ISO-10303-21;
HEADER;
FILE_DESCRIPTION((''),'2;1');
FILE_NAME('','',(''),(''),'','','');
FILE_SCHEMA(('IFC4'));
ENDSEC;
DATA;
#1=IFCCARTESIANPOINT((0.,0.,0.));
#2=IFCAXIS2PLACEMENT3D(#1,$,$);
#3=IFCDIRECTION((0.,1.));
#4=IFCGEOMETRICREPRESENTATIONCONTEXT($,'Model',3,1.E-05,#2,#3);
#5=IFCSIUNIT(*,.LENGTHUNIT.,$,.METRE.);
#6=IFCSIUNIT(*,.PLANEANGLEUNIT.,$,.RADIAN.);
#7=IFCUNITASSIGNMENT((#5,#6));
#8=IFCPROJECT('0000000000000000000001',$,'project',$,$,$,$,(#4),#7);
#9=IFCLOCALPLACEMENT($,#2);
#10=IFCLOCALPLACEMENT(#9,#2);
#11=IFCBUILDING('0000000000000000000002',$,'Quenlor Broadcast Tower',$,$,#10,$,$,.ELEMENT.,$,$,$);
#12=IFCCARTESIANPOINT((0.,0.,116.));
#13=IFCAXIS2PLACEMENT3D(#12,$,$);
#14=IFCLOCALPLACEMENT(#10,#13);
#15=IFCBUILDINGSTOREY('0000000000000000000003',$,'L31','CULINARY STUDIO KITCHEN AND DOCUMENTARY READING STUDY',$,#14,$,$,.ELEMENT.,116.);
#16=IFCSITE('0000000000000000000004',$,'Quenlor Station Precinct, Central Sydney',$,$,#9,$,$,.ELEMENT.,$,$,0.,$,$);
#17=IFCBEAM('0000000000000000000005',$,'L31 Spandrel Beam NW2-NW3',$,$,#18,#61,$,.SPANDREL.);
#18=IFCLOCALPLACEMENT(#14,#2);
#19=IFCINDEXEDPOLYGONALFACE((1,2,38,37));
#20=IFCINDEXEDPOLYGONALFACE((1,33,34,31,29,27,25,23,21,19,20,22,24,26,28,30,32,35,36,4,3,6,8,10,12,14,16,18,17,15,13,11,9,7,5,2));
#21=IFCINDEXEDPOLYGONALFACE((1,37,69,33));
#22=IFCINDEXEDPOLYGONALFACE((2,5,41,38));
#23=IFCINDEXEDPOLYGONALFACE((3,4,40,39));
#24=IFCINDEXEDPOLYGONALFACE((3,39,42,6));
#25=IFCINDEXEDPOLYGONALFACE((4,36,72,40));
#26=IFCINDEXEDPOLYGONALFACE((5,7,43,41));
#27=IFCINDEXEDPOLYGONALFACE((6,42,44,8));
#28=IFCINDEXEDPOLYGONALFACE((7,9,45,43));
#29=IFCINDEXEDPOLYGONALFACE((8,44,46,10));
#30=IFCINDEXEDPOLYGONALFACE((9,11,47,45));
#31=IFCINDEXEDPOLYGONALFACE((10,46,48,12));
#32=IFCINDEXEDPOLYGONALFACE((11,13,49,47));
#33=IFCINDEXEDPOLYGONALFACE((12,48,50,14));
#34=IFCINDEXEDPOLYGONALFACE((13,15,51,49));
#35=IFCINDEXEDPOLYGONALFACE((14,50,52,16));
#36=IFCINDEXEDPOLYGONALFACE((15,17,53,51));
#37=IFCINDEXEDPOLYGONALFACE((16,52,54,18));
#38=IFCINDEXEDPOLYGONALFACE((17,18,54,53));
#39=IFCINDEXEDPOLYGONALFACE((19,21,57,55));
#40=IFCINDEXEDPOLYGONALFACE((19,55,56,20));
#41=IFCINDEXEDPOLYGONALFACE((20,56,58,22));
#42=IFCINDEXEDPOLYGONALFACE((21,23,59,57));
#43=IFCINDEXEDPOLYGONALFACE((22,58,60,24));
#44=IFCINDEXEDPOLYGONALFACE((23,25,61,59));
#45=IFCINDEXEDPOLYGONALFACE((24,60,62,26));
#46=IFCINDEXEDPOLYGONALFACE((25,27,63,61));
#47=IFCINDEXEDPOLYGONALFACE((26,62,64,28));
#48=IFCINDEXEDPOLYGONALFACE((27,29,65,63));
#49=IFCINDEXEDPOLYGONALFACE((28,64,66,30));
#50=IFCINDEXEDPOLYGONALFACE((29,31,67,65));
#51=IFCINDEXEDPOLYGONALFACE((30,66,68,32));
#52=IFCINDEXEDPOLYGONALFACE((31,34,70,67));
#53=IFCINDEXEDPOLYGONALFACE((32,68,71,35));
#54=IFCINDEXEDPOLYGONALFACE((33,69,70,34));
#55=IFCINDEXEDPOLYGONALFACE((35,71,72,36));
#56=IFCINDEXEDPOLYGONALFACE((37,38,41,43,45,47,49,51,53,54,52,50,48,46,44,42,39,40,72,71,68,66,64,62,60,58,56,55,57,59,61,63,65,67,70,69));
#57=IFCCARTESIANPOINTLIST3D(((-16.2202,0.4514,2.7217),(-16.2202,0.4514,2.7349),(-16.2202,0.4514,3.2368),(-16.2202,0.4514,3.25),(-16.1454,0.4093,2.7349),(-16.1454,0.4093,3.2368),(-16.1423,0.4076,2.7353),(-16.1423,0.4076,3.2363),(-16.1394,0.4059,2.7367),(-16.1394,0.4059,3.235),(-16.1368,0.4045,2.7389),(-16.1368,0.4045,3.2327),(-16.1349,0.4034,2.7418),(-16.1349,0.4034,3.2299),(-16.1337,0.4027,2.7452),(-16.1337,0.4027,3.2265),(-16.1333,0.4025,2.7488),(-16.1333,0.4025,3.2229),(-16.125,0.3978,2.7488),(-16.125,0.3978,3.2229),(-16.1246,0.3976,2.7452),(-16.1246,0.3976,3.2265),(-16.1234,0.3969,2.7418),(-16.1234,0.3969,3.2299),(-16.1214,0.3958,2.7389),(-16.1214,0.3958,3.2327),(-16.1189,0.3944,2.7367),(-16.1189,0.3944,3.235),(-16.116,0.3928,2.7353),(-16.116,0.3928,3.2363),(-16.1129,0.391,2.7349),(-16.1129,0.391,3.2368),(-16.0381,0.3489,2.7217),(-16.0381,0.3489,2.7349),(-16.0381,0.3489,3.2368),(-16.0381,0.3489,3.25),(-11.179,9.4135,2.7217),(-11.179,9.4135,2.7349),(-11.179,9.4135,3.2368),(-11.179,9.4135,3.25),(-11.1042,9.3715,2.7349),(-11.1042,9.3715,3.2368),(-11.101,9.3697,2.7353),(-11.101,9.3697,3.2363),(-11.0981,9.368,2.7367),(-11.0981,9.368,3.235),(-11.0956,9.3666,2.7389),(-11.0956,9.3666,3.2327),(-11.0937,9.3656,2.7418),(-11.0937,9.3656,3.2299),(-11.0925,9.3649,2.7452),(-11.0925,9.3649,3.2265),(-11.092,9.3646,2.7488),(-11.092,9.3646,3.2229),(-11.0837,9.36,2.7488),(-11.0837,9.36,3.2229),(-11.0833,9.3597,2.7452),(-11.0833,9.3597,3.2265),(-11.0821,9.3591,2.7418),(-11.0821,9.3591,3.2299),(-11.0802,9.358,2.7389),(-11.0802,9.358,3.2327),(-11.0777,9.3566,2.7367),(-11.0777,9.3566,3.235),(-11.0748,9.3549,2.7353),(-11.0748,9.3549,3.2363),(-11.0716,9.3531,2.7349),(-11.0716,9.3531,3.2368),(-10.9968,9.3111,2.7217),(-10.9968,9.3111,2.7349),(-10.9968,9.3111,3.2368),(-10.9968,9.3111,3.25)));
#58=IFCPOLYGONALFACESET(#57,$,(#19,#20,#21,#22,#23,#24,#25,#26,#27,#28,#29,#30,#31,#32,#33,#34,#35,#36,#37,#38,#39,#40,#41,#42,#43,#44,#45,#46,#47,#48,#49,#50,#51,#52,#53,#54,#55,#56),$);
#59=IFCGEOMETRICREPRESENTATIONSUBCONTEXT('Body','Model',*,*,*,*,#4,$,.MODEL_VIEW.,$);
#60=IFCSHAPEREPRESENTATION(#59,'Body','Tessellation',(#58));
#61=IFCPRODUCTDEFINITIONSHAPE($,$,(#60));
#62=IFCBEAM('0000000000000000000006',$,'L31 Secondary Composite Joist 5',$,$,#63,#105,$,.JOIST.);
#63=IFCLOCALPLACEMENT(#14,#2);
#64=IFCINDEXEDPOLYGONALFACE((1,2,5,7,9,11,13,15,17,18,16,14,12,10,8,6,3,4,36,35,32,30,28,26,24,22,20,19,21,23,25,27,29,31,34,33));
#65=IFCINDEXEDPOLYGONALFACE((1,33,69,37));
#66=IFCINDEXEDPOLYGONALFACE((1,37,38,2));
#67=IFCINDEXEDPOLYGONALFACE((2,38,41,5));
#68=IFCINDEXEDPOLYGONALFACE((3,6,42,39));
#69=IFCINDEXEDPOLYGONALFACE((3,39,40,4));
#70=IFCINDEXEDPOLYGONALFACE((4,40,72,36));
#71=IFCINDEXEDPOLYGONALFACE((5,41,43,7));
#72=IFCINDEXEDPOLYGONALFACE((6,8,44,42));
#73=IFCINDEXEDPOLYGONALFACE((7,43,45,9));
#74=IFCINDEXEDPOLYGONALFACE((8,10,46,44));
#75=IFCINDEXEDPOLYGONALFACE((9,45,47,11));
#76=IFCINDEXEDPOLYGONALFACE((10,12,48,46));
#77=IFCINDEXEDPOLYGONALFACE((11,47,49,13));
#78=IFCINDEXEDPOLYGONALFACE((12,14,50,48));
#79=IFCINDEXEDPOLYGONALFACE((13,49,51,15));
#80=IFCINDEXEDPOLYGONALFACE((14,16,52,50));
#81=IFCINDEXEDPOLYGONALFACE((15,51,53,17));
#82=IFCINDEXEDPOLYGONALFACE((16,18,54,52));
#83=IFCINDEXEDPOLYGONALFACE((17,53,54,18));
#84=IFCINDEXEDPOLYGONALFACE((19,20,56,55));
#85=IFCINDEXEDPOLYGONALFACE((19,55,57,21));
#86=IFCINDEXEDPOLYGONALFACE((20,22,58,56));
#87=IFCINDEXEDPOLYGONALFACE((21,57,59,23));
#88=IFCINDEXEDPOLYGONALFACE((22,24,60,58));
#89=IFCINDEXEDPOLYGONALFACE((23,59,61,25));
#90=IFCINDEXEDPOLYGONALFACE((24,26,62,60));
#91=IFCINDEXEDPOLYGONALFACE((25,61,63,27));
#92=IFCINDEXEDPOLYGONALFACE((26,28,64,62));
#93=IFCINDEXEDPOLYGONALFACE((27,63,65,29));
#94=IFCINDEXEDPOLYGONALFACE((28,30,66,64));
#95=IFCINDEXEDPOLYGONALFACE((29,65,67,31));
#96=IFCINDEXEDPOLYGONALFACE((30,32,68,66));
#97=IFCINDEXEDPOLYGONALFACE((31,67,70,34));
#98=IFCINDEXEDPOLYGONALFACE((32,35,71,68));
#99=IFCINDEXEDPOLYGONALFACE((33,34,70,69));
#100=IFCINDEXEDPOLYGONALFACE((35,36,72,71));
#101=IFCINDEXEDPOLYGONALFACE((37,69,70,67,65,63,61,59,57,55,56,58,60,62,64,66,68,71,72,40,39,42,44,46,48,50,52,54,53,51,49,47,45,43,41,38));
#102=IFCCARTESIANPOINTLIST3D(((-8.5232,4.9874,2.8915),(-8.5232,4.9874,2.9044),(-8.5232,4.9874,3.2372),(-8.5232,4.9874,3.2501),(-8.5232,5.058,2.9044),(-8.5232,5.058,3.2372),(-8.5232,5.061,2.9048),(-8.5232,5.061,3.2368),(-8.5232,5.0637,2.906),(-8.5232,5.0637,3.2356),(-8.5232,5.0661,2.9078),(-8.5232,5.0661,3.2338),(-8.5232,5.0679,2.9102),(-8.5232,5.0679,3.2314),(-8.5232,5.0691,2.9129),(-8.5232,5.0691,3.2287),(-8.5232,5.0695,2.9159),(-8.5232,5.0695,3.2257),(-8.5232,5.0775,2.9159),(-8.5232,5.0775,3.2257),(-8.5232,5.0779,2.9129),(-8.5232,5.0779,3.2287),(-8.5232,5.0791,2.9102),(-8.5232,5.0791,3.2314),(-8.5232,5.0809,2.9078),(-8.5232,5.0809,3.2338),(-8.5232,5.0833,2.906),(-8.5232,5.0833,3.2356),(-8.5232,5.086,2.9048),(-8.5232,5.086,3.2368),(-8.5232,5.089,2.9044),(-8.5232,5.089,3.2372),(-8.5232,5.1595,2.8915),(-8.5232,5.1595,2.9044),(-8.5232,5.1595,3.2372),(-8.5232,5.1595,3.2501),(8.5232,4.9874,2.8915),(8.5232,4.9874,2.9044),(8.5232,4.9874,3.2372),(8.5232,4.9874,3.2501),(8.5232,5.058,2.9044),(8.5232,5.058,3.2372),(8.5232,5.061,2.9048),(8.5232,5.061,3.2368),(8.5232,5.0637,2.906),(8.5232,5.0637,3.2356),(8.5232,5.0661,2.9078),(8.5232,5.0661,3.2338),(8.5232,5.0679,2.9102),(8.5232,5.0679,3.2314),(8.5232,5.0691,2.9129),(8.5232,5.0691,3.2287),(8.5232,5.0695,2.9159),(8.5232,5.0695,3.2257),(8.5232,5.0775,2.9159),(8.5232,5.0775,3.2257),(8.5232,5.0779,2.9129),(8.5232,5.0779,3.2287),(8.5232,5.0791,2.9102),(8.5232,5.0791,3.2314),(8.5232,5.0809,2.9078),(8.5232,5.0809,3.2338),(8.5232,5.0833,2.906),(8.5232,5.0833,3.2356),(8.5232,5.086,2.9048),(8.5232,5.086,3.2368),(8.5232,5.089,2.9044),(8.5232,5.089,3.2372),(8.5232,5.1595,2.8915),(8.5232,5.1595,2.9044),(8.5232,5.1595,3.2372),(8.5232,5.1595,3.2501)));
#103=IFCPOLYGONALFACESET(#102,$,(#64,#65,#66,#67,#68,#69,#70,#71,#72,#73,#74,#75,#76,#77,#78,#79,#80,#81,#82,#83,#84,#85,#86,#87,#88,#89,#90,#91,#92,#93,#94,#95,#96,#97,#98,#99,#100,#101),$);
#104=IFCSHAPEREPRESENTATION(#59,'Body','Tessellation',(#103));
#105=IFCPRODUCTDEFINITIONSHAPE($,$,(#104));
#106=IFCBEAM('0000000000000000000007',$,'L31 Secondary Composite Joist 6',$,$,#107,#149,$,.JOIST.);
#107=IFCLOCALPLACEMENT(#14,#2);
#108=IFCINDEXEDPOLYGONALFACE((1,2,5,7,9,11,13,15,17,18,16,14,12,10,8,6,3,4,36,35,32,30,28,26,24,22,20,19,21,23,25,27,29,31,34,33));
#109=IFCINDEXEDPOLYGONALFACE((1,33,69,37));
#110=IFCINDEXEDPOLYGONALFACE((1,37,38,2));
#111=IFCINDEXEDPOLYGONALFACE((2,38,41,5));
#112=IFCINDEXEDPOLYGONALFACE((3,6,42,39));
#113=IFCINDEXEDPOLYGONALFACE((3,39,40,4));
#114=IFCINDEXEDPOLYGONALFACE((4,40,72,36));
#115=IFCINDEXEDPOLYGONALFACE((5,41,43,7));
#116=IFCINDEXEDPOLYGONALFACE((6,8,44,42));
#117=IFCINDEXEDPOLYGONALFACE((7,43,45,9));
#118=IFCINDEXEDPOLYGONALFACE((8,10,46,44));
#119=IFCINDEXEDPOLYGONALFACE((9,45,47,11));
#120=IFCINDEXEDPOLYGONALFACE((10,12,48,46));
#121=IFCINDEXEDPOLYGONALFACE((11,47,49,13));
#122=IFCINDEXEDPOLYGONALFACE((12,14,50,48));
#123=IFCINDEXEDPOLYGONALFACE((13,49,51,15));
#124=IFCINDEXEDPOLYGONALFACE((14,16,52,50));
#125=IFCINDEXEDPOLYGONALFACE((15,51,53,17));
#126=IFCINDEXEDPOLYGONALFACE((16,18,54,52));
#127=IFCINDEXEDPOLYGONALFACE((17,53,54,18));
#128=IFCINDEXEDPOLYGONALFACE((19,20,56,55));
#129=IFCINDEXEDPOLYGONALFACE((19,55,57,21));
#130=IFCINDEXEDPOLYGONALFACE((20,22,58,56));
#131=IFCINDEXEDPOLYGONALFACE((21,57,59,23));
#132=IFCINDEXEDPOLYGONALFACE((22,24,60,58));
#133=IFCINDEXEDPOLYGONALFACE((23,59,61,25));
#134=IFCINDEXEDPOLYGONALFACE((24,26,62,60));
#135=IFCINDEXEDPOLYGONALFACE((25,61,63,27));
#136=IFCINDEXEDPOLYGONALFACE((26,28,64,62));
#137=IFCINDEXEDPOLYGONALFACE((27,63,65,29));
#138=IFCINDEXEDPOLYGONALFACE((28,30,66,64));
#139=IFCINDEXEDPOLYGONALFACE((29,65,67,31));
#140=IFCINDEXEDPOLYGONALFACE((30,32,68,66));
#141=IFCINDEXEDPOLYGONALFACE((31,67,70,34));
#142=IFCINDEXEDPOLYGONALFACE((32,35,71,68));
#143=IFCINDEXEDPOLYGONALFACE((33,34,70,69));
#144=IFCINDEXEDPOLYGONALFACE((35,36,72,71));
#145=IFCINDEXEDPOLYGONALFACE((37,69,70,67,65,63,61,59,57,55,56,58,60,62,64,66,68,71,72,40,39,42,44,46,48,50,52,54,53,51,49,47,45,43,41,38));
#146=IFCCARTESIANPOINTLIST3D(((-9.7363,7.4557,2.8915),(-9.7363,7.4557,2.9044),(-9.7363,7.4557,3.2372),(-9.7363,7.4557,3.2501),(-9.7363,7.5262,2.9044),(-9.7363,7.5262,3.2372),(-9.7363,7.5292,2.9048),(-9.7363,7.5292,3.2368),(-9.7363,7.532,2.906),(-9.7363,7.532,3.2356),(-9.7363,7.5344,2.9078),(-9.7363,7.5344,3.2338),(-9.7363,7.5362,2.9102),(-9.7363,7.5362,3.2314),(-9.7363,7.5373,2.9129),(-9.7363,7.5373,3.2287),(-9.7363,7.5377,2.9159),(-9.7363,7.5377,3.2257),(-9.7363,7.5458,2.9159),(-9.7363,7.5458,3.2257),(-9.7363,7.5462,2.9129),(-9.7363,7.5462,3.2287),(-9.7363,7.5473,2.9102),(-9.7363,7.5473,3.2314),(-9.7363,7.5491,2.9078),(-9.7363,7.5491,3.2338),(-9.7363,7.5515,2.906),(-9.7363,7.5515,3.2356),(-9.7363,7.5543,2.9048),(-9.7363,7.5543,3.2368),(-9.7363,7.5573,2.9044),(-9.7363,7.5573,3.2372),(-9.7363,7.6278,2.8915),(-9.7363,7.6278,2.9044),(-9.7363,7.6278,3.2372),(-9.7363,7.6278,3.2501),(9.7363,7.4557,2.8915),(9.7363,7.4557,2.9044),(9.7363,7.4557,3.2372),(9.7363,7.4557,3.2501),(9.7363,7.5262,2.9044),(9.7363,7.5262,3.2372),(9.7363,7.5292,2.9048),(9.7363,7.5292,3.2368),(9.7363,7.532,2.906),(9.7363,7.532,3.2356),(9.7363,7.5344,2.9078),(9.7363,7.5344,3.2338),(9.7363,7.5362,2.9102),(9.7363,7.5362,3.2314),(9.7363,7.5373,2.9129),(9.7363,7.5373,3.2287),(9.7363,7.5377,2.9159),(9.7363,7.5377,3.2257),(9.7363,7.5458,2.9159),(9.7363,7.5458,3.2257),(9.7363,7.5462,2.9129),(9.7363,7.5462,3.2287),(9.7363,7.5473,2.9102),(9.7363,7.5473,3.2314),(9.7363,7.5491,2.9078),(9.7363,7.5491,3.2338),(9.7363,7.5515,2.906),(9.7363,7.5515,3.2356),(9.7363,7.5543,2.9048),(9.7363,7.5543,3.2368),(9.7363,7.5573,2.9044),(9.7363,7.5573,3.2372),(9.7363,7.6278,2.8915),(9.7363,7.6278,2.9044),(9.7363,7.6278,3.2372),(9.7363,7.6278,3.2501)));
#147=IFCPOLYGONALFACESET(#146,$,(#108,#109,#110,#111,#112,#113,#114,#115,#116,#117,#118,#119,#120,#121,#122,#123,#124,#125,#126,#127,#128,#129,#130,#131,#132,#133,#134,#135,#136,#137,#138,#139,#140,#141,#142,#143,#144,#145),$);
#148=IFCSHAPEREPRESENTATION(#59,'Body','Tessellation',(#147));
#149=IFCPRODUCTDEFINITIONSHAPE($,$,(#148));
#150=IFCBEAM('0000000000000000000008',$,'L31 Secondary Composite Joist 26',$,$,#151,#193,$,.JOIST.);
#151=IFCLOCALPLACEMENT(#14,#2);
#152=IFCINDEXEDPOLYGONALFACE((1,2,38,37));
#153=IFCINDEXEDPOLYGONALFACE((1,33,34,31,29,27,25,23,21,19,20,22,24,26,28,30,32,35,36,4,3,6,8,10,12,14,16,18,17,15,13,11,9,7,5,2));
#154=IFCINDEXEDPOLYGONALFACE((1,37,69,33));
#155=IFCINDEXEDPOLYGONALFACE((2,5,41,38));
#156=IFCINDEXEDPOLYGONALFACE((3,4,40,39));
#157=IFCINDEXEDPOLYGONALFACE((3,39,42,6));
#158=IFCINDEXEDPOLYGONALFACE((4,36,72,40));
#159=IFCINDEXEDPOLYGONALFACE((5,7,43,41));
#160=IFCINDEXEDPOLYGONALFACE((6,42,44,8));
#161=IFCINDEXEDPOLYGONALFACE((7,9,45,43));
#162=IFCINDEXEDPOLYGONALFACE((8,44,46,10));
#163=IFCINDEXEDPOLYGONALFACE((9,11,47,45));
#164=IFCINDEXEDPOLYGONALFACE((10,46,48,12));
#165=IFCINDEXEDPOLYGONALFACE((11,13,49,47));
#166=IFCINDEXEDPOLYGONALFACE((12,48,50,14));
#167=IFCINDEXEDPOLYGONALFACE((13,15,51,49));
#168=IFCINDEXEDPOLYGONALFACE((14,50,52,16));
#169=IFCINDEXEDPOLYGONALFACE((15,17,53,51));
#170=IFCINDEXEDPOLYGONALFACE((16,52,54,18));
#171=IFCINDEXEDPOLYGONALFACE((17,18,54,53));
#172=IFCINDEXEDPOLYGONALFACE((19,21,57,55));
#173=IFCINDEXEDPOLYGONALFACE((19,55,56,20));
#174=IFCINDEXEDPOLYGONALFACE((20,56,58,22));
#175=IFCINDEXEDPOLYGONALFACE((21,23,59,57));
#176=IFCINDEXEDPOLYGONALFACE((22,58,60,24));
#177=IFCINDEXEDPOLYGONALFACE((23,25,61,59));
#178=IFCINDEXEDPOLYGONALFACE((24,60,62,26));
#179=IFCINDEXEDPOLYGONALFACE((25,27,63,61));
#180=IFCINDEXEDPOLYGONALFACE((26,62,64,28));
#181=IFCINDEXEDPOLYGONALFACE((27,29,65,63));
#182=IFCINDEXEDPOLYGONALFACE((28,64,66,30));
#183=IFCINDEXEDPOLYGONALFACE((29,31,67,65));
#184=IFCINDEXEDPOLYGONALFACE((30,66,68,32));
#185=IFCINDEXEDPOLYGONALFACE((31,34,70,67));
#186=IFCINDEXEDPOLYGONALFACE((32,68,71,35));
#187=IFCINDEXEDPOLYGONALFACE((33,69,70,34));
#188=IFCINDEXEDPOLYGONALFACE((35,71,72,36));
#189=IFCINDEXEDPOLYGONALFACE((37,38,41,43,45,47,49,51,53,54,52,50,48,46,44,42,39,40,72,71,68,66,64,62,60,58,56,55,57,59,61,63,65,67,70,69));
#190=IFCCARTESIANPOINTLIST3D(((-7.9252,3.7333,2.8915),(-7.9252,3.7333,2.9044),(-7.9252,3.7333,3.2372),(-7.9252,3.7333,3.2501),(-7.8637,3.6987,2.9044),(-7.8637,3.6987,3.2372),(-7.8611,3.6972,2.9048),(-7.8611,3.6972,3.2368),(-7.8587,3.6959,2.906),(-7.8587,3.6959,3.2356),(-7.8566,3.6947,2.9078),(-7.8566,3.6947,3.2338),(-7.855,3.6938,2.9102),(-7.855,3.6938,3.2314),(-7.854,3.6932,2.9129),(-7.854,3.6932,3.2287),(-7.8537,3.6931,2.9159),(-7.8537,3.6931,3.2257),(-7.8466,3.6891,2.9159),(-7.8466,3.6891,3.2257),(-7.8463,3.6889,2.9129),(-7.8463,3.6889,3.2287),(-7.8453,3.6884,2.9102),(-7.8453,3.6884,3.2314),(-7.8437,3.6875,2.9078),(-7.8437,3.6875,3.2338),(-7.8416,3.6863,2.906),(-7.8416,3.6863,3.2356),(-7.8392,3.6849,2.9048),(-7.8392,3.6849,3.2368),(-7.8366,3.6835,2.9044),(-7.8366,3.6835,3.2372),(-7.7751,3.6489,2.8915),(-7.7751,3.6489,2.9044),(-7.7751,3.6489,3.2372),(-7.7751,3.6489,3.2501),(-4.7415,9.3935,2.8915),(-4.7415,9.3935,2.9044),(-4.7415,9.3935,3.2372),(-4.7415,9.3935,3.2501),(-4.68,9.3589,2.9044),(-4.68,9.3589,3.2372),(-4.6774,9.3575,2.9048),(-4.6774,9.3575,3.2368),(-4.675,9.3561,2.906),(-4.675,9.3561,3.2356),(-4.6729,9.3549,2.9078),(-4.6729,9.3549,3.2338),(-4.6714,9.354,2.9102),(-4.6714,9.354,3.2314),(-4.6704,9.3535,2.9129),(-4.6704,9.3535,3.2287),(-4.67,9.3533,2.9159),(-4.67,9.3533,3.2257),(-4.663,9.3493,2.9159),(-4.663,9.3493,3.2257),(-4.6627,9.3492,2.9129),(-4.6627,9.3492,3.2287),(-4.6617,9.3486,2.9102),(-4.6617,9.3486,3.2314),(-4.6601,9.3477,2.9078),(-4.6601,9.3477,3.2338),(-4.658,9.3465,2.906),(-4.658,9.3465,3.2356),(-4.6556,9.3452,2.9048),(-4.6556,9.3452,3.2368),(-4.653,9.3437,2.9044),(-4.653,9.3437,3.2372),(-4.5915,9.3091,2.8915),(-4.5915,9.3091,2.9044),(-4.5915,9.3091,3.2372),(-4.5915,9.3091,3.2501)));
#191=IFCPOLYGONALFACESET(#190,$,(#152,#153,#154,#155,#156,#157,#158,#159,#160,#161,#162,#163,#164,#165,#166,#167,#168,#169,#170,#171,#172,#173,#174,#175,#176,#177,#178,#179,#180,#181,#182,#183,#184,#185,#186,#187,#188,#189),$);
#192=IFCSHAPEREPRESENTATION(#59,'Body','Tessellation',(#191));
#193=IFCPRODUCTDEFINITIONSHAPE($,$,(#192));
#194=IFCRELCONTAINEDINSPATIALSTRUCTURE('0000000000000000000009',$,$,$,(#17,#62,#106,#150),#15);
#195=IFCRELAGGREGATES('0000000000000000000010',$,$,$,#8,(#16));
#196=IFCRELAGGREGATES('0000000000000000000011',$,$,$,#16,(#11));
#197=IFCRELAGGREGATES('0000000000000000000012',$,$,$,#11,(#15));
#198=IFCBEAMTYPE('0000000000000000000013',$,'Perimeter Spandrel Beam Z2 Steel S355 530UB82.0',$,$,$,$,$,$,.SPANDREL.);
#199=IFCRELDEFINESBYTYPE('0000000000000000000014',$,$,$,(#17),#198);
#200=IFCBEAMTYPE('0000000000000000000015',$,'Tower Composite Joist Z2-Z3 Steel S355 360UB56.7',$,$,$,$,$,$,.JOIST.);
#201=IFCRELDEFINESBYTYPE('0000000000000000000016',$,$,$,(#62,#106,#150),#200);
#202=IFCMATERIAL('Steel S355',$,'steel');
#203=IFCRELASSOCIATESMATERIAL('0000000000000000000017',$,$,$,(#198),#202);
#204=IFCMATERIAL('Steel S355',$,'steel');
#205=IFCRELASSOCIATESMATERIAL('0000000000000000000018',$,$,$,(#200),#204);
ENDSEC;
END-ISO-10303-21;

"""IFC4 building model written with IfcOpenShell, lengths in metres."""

from ifc_helpers import new_model, si_unit, direction, frame, origin, origin_2d, place, context, subcontext, project, spatial, i_section, extrude, material, material_profile, profile_set, type_object, element, save


model = new_model("IFC4")

# Units and contexts
model_context = context("Model", 3, precision=1e-05, world=origin(), true_north=direction((0.0, 1.0)))
body_context = subcontext(model_context, "Body", "Model", "MODEL_VIEW")
ifc_project = project(units=[si_unit("LENGTHUNIT", "METRE"), si_unit("PLANEANGLEUNIT", "RADIAN")], contexts=[model_context])

# Site, building, storey
site_placement = place(None, origin())
site = spatial("IfcSite", under=ifc_project, at=site_placement, Name="Quenlor Station Precinct, Central Sydney", CompositionType="ELEMENT", RefElevation=0.0)
building_placement = place(site_placement, origin())
building = spatial("IfcBuilding", under=site, at=building_placement, Name="Quenlor Broadcast Tower", CompositionType="ELEMENT")
storey_placement = place(building_placement, frame((0.0, 0.0, 116.0)))
storey = spatial("IfcBuildingStorey", under=building, at=storey_placement, Name="L31", Description="CULINARY STUDIO KITCHEN AND DOCUMENTARY READING STUDY", CompositionType="ELEMENT", Elevation=116.0)

# Beams
ifc_material_1 = material(Name="Steel S355", Category="steel")
ifc_material_profile_1 = material_profile(ifc_material_1, i_section(OverallWidth=0.209, OverallDepth=0.5283, WebThickness=0.0095, FlangeThickness=0.0132, FilletRadius=0.0139, at=origin_2d()))
ifc_profile_set_1 = profile_set([ifc_material_profile_1], Name="Steel S355 530UB82.0")
beam_type_1 = type_object("IfcBeamType", Name="Perimeter Spandrel Beam Z2 Steel S355 530UB82.0", PredefinedType="SPANDREL", material=ifc_profile_set_1)
beam_1_placement = place(storey_placement, frame((-11.0879, 9.3623, 2.9858), z_axis=(-0.490265, -0.871574, 0.0), x_axis=(0.871574, -0.490265, 0.0)))
element("IfcBeam", 1, at=beam_1_placement, inside=storey, type_object=beam_type_1, Name="L31 Spandrel Beam NW2-NW3", PredefinedType="SPANDREL", context=body_context, shape_type="SweptSolid", body=[
    extrude(i_section(OverallWidth=0.209, OverallDepth=0.5283, WebThickness=0.0095, FlangeThickness=0.0132, FilletRadius=0.0139, at=origin_2d()), origin(), (0.0, 0.0, 1.0), 10.2827),
])
ifc_material_2 = material(Name="Steel S355", Category="steel")
ifc_material_profile_2 = material_profile(ifc_material_2, i_section(OverallWidth=0.1721, OverallDepth=0.3586, WebThickness=0.0081, FlangeThickness=0.0129, FilletRadius=0.0115, at=origin_2d()))
ifc_profile_set_2 = profile_set([ifc_material_profile_2], Name="Steel S355 360UB56.7")
beam_type_2 = type_object("IfcBeamType", Name="Tower Composite Joist Z2-Z3 Steel S355 360UB56.7", PredefinedType="JOIST", material=ifc_profile_set_2)
beam_2_placement = place(storey_placement, frame((-8.5232, 5.0735, 3.0708), z_axis=(1.0, 0.0, 0.0), x_axis=(0.0, 1.0, 0.0)))
element("IfcBeam", 2, at=beam_2_placement, inside=storey, type_object=beam_type_2, Name="L31 Secondary Composite Joist 5", PredefinedType="JOIST", context=body_context, shape_type="SweptSolid", body=[
    extrude(i_section(OverallWidth=0.1721, OverallDepth=0.3586, WebThickness=0.0081, FlangeThickness=0.0129, FilletRadius=0.0115, at=origin_2d()), origin(), (0.0, 0.0, 1.0), 17.0464),
])
beam_3_placement = place(storey_placement, frame((-9.7363, 7.5417, 3.0708), z_axis=(1.0, 0.0, 0.0), x_axis=(0.0, 1.0, 0.0)))
element("IfcBeam", 3, at=beam_3_placement, inside=storey, type_object=beam_type_2, Name="L31 Secondary Composite Joist 6", PredefinedType="JOIST", context=body_context, shape_type="SweptSolid", body=[
    extrude(i_section(OverallWidth=0.1721, OverallDepth=0.3586, WebThickness=0.0081, FlangeThickness=0.0129, FilletRadius=0.0115, at=origin_2d()), origin(), (0.0, 0.0, 1.0), 19.4727),
])
beam_4_placement = place(storey_placement, frame((-4.6665, 9.3513, 3.0708), z_axis=(-0.490233, -0.871592, 0.0), x_axis=(0.871592, -0.490233, 0.0)))
element("IfcBeam", 4, at=beam_4_placement, inside=storey, type_object=beam_type_2, Name="L31 Secondary Composite Joist 26", PredefinedType="JOIST", context=body_context, shape_type="SweptSolid", body=[
    extrude(i_section(OverallWidth=0.1721, OverallDepth=0.3586, WebThickness=0.0081, FlangeThickness=0.0129, FilletRadius=0.0115, at=origin_2d()), origin(), (0.0, 0.0, 1.0), 6.4941),
])

save(model, "model.ifc")
